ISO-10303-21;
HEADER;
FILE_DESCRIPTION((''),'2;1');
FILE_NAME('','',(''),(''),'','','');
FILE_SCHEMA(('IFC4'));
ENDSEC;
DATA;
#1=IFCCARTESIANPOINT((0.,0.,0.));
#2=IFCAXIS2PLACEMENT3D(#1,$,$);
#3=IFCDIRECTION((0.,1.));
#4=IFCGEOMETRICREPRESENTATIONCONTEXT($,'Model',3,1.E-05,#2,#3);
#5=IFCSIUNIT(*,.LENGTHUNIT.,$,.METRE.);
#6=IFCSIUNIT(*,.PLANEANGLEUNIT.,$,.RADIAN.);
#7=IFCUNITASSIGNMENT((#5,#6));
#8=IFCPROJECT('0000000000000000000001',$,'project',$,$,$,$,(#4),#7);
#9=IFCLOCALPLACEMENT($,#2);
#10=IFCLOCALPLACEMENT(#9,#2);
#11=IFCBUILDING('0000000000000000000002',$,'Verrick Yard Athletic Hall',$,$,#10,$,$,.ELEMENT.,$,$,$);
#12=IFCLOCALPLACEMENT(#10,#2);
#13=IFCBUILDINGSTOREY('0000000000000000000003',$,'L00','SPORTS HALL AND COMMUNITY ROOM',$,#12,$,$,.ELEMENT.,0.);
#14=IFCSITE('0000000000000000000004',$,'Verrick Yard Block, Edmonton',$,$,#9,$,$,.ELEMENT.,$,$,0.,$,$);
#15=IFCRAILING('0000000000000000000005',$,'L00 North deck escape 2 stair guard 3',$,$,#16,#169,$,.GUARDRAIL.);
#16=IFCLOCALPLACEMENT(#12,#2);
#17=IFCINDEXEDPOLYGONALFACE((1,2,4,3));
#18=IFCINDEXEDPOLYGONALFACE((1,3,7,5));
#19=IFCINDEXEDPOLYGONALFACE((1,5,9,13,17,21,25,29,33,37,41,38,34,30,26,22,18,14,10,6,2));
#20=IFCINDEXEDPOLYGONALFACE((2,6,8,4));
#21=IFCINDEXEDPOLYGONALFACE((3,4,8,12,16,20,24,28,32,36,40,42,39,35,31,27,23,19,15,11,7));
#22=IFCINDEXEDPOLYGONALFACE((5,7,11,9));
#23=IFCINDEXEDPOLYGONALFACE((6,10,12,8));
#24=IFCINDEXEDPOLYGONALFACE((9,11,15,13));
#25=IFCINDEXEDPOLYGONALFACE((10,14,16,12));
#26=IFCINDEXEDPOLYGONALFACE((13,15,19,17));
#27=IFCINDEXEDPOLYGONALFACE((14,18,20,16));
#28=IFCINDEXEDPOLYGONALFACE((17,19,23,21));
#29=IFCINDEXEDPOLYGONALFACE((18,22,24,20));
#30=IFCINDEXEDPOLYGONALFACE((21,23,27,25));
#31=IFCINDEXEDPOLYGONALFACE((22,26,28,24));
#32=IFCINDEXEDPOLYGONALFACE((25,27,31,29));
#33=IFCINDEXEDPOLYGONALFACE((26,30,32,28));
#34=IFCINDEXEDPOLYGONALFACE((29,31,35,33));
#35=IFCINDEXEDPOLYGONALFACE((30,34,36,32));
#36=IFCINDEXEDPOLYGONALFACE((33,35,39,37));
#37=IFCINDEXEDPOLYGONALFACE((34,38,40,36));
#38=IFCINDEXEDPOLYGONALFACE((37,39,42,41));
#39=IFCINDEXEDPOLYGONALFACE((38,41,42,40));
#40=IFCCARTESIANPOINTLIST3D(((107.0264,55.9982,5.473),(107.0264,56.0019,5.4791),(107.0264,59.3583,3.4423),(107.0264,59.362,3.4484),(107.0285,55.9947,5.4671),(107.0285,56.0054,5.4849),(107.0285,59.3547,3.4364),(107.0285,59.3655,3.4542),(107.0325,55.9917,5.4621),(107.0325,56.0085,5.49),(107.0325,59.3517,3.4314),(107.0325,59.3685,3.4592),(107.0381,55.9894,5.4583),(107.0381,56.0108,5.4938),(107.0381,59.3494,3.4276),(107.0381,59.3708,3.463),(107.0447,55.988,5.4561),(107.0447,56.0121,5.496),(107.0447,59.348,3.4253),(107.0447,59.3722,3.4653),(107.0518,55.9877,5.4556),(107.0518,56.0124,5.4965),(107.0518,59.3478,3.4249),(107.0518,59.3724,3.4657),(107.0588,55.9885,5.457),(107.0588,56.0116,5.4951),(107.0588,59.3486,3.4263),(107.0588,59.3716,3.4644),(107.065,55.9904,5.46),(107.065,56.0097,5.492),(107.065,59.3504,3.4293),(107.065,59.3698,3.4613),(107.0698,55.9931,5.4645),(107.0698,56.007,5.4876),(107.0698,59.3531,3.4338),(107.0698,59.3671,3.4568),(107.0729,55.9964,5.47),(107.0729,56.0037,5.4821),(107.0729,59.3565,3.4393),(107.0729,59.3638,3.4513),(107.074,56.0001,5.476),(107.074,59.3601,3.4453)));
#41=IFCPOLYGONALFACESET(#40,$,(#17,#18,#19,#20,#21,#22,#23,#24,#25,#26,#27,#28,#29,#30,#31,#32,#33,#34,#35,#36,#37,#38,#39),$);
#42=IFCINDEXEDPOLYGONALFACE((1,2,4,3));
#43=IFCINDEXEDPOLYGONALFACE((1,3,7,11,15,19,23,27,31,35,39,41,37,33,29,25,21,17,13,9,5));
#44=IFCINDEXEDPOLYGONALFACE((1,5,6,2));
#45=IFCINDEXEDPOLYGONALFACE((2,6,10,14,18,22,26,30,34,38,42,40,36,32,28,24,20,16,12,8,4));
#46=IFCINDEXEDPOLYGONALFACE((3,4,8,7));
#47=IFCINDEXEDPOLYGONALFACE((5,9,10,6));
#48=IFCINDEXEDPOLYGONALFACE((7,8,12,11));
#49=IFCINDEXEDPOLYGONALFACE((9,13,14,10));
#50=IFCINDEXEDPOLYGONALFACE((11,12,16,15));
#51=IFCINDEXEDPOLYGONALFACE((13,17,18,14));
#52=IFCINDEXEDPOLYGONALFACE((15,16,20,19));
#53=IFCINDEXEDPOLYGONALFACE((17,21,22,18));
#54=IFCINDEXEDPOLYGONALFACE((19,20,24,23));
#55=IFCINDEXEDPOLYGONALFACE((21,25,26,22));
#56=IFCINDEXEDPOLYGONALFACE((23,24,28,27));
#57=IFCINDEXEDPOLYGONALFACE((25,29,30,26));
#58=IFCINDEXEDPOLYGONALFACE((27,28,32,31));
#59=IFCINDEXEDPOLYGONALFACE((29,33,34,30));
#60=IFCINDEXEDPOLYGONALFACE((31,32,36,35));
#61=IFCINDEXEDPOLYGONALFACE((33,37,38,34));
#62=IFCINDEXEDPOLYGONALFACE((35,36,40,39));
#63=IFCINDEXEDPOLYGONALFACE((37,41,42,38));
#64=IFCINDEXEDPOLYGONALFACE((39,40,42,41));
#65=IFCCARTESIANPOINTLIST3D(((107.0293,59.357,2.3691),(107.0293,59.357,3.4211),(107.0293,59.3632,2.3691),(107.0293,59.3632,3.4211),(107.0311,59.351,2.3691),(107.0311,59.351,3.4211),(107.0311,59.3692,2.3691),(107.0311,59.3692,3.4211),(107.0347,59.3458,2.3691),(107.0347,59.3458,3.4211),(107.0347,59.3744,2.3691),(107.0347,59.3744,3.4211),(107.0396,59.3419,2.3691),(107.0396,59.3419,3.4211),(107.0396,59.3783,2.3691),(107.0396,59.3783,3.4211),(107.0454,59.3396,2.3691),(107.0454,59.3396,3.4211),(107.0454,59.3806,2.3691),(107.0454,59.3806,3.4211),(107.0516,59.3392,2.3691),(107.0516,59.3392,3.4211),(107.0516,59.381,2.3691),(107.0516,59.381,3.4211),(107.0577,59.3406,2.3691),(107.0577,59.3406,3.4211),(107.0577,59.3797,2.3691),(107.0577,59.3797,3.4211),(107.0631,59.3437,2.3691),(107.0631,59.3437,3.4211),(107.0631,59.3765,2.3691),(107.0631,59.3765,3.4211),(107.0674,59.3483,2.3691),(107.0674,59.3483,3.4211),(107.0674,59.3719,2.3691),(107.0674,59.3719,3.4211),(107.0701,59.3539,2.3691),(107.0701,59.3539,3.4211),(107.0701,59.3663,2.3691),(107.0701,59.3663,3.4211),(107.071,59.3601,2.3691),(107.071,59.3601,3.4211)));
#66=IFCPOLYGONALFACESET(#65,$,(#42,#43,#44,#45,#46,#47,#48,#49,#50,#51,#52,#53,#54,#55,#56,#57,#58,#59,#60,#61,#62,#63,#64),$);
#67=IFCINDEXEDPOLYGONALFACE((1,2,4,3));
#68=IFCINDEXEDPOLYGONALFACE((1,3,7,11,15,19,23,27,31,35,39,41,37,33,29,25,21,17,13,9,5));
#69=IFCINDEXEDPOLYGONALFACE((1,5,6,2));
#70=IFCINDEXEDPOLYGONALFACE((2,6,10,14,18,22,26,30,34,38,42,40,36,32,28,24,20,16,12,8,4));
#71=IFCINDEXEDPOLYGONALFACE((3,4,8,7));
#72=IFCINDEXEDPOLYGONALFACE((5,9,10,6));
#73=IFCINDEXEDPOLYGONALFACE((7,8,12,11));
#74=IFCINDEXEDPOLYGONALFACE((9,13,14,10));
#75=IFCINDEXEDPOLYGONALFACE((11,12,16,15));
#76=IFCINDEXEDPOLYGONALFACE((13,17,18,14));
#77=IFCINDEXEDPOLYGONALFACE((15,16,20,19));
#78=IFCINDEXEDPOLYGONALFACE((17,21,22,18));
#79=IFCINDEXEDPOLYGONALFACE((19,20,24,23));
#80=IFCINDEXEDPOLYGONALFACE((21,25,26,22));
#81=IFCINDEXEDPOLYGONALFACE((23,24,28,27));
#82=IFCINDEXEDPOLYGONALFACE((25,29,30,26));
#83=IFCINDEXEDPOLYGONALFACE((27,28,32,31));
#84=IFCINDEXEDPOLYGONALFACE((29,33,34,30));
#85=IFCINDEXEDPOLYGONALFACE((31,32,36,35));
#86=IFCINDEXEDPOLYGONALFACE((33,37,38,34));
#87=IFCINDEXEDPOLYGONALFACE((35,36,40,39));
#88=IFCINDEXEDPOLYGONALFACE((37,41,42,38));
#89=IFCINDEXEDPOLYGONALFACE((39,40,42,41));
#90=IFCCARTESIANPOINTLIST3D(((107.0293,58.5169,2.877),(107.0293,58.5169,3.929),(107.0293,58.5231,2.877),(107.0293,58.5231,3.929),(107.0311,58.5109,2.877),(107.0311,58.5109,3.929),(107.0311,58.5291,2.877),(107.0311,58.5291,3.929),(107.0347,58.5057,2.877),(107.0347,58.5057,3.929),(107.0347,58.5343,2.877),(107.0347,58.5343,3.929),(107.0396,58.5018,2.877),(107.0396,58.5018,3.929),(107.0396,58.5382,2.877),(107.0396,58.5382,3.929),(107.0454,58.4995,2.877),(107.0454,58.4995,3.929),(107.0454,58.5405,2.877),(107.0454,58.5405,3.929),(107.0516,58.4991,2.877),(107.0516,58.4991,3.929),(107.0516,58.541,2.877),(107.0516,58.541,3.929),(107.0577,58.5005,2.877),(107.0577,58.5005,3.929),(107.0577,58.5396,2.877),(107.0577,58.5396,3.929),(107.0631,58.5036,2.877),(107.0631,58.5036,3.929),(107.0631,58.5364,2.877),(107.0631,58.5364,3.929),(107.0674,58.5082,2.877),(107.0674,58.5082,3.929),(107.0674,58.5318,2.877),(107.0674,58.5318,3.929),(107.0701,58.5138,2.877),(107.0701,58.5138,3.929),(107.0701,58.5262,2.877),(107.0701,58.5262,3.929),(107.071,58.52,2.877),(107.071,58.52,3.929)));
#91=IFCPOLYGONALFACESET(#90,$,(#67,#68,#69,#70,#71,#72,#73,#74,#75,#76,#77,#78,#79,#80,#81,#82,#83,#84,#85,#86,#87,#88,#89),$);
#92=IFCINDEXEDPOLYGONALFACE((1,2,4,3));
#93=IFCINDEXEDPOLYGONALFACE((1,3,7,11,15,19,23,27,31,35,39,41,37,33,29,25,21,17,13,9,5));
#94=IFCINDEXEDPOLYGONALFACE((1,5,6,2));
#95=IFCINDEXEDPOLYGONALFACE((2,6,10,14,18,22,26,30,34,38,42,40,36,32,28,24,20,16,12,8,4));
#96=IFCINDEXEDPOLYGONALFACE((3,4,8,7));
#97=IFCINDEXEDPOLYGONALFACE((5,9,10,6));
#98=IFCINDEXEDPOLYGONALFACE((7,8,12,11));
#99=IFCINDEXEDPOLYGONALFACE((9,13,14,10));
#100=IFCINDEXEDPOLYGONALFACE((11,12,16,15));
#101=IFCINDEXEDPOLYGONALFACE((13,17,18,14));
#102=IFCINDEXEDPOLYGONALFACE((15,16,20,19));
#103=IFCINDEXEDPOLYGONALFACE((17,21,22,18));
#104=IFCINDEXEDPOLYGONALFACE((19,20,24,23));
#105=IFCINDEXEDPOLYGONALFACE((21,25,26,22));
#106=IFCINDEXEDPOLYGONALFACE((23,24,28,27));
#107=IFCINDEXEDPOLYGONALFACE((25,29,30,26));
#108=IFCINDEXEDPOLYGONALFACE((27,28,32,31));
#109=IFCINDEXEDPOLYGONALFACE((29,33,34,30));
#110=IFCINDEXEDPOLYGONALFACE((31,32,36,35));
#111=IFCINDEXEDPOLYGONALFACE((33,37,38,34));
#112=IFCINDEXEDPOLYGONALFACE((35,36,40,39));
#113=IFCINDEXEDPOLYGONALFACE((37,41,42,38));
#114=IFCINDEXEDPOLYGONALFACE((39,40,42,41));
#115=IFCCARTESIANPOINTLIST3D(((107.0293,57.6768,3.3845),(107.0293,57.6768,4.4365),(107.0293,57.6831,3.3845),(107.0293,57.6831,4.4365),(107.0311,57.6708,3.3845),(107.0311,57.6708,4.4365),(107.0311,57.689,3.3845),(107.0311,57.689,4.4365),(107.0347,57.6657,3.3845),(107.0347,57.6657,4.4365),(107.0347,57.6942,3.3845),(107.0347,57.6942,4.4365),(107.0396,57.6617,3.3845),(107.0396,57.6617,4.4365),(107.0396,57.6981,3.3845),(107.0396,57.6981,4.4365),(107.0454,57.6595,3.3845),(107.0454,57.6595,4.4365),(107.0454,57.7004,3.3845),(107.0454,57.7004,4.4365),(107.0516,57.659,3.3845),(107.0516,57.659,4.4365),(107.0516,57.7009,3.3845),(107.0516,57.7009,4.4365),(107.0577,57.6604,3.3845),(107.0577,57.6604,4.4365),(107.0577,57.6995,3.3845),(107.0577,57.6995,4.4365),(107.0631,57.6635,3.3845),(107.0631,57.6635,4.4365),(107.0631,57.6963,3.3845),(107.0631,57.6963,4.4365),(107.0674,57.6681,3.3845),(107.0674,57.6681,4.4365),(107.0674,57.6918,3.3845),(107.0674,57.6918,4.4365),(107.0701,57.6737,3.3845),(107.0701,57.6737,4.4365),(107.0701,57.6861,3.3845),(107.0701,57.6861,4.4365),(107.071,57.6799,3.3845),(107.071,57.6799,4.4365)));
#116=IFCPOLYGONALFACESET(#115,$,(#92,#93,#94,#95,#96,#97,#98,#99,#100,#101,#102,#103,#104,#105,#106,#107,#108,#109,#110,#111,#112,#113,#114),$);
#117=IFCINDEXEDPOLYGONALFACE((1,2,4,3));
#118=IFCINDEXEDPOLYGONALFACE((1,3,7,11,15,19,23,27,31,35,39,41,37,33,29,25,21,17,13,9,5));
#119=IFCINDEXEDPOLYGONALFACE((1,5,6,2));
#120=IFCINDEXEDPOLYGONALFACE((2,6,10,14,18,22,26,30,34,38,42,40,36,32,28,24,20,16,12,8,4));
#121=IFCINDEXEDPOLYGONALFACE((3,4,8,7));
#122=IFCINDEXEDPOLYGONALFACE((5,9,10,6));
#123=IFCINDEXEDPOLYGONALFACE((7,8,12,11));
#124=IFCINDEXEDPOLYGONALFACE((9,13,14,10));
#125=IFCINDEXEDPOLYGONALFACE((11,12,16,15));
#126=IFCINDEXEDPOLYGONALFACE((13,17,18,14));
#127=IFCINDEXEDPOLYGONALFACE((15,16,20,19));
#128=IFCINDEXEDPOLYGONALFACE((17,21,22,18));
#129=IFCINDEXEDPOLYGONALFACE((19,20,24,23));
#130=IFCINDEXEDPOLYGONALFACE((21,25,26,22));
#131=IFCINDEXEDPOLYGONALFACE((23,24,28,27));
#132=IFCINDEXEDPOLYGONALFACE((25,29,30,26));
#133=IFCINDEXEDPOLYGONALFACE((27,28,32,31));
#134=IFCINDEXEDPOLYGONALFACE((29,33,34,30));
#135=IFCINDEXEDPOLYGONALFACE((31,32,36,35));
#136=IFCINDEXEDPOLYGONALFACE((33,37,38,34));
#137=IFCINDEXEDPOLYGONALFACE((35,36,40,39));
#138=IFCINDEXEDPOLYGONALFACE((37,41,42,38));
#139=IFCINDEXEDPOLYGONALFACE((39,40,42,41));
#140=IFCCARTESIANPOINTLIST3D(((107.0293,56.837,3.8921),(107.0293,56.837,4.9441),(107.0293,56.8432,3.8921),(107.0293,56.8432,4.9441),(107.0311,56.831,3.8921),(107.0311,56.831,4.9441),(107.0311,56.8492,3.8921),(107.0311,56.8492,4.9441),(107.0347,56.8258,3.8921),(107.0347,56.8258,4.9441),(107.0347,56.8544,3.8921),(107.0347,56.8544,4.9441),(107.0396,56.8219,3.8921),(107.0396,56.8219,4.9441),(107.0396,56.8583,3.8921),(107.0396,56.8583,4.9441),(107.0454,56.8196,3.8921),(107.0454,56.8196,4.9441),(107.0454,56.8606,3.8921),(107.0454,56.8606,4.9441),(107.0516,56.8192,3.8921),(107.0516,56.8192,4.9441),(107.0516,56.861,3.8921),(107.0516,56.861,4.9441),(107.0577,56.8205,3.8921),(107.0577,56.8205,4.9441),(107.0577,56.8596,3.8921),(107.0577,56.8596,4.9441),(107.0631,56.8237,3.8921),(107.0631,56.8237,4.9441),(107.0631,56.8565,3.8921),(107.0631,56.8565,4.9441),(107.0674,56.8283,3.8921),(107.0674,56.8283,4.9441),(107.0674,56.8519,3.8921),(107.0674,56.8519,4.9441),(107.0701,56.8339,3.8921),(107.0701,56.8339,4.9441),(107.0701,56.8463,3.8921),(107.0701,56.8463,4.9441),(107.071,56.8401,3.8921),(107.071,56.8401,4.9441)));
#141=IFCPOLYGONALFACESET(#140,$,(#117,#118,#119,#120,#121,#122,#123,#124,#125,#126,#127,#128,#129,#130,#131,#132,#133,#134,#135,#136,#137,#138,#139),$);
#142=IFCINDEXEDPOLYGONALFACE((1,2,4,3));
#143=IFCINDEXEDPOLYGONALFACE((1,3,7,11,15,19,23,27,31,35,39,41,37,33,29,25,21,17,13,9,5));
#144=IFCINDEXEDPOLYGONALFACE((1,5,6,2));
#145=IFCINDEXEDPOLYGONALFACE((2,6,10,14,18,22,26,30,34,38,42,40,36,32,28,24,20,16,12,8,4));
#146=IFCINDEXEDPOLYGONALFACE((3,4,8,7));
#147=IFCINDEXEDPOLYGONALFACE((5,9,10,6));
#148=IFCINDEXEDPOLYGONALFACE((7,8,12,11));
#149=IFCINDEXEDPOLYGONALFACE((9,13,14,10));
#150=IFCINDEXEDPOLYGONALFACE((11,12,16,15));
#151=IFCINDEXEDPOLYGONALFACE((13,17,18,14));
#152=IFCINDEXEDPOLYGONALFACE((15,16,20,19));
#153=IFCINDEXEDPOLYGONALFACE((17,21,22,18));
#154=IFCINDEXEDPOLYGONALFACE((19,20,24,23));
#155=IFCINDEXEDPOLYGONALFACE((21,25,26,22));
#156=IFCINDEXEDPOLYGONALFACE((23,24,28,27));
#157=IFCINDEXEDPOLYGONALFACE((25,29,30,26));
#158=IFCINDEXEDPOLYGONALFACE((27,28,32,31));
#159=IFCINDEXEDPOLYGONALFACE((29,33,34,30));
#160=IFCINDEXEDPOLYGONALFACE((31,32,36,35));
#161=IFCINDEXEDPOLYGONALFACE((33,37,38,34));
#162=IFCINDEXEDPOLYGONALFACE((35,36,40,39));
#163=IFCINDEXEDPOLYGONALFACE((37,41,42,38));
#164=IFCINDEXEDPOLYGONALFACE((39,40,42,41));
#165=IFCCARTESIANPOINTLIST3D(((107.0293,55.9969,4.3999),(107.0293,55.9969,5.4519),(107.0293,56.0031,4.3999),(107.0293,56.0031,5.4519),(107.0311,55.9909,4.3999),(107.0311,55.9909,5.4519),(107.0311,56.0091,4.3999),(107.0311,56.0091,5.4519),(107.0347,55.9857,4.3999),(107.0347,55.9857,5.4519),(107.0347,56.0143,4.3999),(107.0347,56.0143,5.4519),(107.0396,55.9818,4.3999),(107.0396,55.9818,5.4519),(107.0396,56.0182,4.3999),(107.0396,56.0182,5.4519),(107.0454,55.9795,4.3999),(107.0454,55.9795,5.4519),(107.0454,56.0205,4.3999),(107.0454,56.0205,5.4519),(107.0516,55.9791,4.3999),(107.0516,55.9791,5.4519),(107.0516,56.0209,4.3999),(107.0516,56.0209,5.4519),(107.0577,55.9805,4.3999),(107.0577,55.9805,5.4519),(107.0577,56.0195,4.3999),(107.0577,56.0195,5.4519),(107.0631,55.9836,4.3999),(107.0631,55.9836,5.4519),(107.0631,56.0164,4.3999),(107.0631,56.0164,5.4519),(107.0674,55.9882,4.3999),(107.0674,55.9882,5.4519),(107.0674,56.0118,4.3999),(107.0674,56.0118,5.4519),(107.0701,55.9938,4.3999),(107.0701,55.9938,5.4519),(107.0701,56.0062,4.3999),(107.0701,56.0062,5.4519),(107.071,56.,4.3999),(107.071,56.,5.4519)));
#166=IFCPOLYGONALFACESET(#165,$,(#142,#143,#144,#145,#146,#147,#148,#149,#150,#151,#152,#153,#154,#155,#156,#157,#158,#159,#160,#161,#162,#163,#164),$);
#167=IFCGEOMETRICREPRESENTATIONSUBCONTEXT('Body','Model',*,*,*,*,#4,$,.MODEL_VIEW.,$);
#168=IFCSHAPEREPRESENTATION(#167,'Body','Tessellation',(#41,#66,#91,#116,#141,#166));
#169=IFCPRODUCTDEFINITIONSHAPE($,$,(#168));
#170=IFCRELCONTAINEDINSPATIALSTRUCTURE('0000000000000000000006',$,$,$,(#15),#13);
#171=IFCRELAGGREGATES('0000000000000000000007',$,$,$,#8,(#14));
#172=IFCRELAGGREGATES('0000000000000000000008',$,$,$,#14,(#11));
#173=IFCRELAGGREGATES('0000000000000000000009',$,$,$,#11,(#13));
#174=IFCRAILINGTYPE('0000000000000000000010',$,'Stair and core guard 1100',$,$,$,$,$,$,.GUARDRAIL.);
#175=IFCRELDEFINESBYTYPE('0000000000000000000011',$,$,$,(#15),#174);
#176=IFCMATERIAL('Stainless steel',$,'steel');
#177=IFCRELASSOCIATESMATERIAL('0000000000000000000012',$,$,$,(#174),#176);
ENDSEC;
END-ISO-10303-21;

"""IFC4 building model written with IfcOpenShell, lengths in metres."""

from ifc_helpers import new_model, si_unit, direction, frame, origin, origin_2d, place, context, subcontext, project, spatial, circle, extrude, material, type_object, element, save


model = new_model("IFC4")

# Units and contexts
model_context = context("Model", 3, precision=1e-05, world=origin(), true_north=direction((0.0, 1.0)))
body_context = subcontext(model_context, "Body", "Model", "MODEL_VIEW")
ifc_project = project(units=[si_unit("LENGTHUNIT", "METRE"), si_unit("PLANEANGLEUNIT", "RADIAN")], contexts=[model_context])

# Site, building, storey
site_placement = place(None, origin())
site = spatial("IfcSite", under=ifc_project, at=site_placement, Name="Verrick Yard Block, Edmonton", CompositionType="ELEMENT", RefElevation=0.0)
building_placement = place(site_placement, origin())
building = spatial("IfcBuilding", under=site, at=building_placement, Name="Verrick Yard Athletic Hall", CompositionType="ELEMENT")
storey_placement = place(building_placement, origin())
storey = spatial("IfcBuildingStorey", under=building, at=storey_placement, Name="L00", Description="SPORTS HALL AND COMMUNITY ROOM", CompositionType="ELEMENT", Elevation=0.0)

# Railing
ifc_material_1 = material(Name="Stainless steel", Category="steel")
railing_type_1 = type_object("IfcRailingType", Name="Stair and core guard 1100", PredefinedType="GUARDRAIL", material=ifc_material_1)
railing_1_placement = place(storey_placement, frame((107.05, 59.3601, 2.3691)))
element("IfcRailing", 1, at=railing_1_placement, inside=storey, type_object=railing_type_1, Name="L00 North deck escape 2 stair guard 3", PredefinedType="GUARDRAIL", context=body_context, shape_type="SweptSolid", body=[
    extrude(circle(Radius=0.0239, at=origin_2d()), frame((0.0, 0.0, 1.0762), z_axis=(0.0, -0.855837, 0.517246), x_axis=(1.0, 0.0, 0.0)), (0.0, 0.0, 1.0), 3.926),
    extrude(circle(Radius=0.021, at=origin_2d()), origin(), (0.0, 0.0, 1.0), 1.052),
    extrude(circle(Radius=0.021, at=origin_2d()), frame((0.0, -0.8401, 0.5078)), (0.0, 0.0, 1.0), 1.052),
    extrude(circle(Radius=0.021, at=origin_2d()), frame((0.0, -1.6802, 1.0154)), (0.0, 0.0, 1.0), 1.052),
    extrude(circle(Radius=0.021, at=origin_2d()), frame((0.0, -2.52, 1.5229)), (0.0, 0.0, 1.0), 1.052),
    extrude(circle(Radius=0.021, at=origin_2d()), frame((0.0, -3.3601, 2.0308)), (0.0, 0.0, 1.0), 1.052),
])

save(model, "model.ifc")
